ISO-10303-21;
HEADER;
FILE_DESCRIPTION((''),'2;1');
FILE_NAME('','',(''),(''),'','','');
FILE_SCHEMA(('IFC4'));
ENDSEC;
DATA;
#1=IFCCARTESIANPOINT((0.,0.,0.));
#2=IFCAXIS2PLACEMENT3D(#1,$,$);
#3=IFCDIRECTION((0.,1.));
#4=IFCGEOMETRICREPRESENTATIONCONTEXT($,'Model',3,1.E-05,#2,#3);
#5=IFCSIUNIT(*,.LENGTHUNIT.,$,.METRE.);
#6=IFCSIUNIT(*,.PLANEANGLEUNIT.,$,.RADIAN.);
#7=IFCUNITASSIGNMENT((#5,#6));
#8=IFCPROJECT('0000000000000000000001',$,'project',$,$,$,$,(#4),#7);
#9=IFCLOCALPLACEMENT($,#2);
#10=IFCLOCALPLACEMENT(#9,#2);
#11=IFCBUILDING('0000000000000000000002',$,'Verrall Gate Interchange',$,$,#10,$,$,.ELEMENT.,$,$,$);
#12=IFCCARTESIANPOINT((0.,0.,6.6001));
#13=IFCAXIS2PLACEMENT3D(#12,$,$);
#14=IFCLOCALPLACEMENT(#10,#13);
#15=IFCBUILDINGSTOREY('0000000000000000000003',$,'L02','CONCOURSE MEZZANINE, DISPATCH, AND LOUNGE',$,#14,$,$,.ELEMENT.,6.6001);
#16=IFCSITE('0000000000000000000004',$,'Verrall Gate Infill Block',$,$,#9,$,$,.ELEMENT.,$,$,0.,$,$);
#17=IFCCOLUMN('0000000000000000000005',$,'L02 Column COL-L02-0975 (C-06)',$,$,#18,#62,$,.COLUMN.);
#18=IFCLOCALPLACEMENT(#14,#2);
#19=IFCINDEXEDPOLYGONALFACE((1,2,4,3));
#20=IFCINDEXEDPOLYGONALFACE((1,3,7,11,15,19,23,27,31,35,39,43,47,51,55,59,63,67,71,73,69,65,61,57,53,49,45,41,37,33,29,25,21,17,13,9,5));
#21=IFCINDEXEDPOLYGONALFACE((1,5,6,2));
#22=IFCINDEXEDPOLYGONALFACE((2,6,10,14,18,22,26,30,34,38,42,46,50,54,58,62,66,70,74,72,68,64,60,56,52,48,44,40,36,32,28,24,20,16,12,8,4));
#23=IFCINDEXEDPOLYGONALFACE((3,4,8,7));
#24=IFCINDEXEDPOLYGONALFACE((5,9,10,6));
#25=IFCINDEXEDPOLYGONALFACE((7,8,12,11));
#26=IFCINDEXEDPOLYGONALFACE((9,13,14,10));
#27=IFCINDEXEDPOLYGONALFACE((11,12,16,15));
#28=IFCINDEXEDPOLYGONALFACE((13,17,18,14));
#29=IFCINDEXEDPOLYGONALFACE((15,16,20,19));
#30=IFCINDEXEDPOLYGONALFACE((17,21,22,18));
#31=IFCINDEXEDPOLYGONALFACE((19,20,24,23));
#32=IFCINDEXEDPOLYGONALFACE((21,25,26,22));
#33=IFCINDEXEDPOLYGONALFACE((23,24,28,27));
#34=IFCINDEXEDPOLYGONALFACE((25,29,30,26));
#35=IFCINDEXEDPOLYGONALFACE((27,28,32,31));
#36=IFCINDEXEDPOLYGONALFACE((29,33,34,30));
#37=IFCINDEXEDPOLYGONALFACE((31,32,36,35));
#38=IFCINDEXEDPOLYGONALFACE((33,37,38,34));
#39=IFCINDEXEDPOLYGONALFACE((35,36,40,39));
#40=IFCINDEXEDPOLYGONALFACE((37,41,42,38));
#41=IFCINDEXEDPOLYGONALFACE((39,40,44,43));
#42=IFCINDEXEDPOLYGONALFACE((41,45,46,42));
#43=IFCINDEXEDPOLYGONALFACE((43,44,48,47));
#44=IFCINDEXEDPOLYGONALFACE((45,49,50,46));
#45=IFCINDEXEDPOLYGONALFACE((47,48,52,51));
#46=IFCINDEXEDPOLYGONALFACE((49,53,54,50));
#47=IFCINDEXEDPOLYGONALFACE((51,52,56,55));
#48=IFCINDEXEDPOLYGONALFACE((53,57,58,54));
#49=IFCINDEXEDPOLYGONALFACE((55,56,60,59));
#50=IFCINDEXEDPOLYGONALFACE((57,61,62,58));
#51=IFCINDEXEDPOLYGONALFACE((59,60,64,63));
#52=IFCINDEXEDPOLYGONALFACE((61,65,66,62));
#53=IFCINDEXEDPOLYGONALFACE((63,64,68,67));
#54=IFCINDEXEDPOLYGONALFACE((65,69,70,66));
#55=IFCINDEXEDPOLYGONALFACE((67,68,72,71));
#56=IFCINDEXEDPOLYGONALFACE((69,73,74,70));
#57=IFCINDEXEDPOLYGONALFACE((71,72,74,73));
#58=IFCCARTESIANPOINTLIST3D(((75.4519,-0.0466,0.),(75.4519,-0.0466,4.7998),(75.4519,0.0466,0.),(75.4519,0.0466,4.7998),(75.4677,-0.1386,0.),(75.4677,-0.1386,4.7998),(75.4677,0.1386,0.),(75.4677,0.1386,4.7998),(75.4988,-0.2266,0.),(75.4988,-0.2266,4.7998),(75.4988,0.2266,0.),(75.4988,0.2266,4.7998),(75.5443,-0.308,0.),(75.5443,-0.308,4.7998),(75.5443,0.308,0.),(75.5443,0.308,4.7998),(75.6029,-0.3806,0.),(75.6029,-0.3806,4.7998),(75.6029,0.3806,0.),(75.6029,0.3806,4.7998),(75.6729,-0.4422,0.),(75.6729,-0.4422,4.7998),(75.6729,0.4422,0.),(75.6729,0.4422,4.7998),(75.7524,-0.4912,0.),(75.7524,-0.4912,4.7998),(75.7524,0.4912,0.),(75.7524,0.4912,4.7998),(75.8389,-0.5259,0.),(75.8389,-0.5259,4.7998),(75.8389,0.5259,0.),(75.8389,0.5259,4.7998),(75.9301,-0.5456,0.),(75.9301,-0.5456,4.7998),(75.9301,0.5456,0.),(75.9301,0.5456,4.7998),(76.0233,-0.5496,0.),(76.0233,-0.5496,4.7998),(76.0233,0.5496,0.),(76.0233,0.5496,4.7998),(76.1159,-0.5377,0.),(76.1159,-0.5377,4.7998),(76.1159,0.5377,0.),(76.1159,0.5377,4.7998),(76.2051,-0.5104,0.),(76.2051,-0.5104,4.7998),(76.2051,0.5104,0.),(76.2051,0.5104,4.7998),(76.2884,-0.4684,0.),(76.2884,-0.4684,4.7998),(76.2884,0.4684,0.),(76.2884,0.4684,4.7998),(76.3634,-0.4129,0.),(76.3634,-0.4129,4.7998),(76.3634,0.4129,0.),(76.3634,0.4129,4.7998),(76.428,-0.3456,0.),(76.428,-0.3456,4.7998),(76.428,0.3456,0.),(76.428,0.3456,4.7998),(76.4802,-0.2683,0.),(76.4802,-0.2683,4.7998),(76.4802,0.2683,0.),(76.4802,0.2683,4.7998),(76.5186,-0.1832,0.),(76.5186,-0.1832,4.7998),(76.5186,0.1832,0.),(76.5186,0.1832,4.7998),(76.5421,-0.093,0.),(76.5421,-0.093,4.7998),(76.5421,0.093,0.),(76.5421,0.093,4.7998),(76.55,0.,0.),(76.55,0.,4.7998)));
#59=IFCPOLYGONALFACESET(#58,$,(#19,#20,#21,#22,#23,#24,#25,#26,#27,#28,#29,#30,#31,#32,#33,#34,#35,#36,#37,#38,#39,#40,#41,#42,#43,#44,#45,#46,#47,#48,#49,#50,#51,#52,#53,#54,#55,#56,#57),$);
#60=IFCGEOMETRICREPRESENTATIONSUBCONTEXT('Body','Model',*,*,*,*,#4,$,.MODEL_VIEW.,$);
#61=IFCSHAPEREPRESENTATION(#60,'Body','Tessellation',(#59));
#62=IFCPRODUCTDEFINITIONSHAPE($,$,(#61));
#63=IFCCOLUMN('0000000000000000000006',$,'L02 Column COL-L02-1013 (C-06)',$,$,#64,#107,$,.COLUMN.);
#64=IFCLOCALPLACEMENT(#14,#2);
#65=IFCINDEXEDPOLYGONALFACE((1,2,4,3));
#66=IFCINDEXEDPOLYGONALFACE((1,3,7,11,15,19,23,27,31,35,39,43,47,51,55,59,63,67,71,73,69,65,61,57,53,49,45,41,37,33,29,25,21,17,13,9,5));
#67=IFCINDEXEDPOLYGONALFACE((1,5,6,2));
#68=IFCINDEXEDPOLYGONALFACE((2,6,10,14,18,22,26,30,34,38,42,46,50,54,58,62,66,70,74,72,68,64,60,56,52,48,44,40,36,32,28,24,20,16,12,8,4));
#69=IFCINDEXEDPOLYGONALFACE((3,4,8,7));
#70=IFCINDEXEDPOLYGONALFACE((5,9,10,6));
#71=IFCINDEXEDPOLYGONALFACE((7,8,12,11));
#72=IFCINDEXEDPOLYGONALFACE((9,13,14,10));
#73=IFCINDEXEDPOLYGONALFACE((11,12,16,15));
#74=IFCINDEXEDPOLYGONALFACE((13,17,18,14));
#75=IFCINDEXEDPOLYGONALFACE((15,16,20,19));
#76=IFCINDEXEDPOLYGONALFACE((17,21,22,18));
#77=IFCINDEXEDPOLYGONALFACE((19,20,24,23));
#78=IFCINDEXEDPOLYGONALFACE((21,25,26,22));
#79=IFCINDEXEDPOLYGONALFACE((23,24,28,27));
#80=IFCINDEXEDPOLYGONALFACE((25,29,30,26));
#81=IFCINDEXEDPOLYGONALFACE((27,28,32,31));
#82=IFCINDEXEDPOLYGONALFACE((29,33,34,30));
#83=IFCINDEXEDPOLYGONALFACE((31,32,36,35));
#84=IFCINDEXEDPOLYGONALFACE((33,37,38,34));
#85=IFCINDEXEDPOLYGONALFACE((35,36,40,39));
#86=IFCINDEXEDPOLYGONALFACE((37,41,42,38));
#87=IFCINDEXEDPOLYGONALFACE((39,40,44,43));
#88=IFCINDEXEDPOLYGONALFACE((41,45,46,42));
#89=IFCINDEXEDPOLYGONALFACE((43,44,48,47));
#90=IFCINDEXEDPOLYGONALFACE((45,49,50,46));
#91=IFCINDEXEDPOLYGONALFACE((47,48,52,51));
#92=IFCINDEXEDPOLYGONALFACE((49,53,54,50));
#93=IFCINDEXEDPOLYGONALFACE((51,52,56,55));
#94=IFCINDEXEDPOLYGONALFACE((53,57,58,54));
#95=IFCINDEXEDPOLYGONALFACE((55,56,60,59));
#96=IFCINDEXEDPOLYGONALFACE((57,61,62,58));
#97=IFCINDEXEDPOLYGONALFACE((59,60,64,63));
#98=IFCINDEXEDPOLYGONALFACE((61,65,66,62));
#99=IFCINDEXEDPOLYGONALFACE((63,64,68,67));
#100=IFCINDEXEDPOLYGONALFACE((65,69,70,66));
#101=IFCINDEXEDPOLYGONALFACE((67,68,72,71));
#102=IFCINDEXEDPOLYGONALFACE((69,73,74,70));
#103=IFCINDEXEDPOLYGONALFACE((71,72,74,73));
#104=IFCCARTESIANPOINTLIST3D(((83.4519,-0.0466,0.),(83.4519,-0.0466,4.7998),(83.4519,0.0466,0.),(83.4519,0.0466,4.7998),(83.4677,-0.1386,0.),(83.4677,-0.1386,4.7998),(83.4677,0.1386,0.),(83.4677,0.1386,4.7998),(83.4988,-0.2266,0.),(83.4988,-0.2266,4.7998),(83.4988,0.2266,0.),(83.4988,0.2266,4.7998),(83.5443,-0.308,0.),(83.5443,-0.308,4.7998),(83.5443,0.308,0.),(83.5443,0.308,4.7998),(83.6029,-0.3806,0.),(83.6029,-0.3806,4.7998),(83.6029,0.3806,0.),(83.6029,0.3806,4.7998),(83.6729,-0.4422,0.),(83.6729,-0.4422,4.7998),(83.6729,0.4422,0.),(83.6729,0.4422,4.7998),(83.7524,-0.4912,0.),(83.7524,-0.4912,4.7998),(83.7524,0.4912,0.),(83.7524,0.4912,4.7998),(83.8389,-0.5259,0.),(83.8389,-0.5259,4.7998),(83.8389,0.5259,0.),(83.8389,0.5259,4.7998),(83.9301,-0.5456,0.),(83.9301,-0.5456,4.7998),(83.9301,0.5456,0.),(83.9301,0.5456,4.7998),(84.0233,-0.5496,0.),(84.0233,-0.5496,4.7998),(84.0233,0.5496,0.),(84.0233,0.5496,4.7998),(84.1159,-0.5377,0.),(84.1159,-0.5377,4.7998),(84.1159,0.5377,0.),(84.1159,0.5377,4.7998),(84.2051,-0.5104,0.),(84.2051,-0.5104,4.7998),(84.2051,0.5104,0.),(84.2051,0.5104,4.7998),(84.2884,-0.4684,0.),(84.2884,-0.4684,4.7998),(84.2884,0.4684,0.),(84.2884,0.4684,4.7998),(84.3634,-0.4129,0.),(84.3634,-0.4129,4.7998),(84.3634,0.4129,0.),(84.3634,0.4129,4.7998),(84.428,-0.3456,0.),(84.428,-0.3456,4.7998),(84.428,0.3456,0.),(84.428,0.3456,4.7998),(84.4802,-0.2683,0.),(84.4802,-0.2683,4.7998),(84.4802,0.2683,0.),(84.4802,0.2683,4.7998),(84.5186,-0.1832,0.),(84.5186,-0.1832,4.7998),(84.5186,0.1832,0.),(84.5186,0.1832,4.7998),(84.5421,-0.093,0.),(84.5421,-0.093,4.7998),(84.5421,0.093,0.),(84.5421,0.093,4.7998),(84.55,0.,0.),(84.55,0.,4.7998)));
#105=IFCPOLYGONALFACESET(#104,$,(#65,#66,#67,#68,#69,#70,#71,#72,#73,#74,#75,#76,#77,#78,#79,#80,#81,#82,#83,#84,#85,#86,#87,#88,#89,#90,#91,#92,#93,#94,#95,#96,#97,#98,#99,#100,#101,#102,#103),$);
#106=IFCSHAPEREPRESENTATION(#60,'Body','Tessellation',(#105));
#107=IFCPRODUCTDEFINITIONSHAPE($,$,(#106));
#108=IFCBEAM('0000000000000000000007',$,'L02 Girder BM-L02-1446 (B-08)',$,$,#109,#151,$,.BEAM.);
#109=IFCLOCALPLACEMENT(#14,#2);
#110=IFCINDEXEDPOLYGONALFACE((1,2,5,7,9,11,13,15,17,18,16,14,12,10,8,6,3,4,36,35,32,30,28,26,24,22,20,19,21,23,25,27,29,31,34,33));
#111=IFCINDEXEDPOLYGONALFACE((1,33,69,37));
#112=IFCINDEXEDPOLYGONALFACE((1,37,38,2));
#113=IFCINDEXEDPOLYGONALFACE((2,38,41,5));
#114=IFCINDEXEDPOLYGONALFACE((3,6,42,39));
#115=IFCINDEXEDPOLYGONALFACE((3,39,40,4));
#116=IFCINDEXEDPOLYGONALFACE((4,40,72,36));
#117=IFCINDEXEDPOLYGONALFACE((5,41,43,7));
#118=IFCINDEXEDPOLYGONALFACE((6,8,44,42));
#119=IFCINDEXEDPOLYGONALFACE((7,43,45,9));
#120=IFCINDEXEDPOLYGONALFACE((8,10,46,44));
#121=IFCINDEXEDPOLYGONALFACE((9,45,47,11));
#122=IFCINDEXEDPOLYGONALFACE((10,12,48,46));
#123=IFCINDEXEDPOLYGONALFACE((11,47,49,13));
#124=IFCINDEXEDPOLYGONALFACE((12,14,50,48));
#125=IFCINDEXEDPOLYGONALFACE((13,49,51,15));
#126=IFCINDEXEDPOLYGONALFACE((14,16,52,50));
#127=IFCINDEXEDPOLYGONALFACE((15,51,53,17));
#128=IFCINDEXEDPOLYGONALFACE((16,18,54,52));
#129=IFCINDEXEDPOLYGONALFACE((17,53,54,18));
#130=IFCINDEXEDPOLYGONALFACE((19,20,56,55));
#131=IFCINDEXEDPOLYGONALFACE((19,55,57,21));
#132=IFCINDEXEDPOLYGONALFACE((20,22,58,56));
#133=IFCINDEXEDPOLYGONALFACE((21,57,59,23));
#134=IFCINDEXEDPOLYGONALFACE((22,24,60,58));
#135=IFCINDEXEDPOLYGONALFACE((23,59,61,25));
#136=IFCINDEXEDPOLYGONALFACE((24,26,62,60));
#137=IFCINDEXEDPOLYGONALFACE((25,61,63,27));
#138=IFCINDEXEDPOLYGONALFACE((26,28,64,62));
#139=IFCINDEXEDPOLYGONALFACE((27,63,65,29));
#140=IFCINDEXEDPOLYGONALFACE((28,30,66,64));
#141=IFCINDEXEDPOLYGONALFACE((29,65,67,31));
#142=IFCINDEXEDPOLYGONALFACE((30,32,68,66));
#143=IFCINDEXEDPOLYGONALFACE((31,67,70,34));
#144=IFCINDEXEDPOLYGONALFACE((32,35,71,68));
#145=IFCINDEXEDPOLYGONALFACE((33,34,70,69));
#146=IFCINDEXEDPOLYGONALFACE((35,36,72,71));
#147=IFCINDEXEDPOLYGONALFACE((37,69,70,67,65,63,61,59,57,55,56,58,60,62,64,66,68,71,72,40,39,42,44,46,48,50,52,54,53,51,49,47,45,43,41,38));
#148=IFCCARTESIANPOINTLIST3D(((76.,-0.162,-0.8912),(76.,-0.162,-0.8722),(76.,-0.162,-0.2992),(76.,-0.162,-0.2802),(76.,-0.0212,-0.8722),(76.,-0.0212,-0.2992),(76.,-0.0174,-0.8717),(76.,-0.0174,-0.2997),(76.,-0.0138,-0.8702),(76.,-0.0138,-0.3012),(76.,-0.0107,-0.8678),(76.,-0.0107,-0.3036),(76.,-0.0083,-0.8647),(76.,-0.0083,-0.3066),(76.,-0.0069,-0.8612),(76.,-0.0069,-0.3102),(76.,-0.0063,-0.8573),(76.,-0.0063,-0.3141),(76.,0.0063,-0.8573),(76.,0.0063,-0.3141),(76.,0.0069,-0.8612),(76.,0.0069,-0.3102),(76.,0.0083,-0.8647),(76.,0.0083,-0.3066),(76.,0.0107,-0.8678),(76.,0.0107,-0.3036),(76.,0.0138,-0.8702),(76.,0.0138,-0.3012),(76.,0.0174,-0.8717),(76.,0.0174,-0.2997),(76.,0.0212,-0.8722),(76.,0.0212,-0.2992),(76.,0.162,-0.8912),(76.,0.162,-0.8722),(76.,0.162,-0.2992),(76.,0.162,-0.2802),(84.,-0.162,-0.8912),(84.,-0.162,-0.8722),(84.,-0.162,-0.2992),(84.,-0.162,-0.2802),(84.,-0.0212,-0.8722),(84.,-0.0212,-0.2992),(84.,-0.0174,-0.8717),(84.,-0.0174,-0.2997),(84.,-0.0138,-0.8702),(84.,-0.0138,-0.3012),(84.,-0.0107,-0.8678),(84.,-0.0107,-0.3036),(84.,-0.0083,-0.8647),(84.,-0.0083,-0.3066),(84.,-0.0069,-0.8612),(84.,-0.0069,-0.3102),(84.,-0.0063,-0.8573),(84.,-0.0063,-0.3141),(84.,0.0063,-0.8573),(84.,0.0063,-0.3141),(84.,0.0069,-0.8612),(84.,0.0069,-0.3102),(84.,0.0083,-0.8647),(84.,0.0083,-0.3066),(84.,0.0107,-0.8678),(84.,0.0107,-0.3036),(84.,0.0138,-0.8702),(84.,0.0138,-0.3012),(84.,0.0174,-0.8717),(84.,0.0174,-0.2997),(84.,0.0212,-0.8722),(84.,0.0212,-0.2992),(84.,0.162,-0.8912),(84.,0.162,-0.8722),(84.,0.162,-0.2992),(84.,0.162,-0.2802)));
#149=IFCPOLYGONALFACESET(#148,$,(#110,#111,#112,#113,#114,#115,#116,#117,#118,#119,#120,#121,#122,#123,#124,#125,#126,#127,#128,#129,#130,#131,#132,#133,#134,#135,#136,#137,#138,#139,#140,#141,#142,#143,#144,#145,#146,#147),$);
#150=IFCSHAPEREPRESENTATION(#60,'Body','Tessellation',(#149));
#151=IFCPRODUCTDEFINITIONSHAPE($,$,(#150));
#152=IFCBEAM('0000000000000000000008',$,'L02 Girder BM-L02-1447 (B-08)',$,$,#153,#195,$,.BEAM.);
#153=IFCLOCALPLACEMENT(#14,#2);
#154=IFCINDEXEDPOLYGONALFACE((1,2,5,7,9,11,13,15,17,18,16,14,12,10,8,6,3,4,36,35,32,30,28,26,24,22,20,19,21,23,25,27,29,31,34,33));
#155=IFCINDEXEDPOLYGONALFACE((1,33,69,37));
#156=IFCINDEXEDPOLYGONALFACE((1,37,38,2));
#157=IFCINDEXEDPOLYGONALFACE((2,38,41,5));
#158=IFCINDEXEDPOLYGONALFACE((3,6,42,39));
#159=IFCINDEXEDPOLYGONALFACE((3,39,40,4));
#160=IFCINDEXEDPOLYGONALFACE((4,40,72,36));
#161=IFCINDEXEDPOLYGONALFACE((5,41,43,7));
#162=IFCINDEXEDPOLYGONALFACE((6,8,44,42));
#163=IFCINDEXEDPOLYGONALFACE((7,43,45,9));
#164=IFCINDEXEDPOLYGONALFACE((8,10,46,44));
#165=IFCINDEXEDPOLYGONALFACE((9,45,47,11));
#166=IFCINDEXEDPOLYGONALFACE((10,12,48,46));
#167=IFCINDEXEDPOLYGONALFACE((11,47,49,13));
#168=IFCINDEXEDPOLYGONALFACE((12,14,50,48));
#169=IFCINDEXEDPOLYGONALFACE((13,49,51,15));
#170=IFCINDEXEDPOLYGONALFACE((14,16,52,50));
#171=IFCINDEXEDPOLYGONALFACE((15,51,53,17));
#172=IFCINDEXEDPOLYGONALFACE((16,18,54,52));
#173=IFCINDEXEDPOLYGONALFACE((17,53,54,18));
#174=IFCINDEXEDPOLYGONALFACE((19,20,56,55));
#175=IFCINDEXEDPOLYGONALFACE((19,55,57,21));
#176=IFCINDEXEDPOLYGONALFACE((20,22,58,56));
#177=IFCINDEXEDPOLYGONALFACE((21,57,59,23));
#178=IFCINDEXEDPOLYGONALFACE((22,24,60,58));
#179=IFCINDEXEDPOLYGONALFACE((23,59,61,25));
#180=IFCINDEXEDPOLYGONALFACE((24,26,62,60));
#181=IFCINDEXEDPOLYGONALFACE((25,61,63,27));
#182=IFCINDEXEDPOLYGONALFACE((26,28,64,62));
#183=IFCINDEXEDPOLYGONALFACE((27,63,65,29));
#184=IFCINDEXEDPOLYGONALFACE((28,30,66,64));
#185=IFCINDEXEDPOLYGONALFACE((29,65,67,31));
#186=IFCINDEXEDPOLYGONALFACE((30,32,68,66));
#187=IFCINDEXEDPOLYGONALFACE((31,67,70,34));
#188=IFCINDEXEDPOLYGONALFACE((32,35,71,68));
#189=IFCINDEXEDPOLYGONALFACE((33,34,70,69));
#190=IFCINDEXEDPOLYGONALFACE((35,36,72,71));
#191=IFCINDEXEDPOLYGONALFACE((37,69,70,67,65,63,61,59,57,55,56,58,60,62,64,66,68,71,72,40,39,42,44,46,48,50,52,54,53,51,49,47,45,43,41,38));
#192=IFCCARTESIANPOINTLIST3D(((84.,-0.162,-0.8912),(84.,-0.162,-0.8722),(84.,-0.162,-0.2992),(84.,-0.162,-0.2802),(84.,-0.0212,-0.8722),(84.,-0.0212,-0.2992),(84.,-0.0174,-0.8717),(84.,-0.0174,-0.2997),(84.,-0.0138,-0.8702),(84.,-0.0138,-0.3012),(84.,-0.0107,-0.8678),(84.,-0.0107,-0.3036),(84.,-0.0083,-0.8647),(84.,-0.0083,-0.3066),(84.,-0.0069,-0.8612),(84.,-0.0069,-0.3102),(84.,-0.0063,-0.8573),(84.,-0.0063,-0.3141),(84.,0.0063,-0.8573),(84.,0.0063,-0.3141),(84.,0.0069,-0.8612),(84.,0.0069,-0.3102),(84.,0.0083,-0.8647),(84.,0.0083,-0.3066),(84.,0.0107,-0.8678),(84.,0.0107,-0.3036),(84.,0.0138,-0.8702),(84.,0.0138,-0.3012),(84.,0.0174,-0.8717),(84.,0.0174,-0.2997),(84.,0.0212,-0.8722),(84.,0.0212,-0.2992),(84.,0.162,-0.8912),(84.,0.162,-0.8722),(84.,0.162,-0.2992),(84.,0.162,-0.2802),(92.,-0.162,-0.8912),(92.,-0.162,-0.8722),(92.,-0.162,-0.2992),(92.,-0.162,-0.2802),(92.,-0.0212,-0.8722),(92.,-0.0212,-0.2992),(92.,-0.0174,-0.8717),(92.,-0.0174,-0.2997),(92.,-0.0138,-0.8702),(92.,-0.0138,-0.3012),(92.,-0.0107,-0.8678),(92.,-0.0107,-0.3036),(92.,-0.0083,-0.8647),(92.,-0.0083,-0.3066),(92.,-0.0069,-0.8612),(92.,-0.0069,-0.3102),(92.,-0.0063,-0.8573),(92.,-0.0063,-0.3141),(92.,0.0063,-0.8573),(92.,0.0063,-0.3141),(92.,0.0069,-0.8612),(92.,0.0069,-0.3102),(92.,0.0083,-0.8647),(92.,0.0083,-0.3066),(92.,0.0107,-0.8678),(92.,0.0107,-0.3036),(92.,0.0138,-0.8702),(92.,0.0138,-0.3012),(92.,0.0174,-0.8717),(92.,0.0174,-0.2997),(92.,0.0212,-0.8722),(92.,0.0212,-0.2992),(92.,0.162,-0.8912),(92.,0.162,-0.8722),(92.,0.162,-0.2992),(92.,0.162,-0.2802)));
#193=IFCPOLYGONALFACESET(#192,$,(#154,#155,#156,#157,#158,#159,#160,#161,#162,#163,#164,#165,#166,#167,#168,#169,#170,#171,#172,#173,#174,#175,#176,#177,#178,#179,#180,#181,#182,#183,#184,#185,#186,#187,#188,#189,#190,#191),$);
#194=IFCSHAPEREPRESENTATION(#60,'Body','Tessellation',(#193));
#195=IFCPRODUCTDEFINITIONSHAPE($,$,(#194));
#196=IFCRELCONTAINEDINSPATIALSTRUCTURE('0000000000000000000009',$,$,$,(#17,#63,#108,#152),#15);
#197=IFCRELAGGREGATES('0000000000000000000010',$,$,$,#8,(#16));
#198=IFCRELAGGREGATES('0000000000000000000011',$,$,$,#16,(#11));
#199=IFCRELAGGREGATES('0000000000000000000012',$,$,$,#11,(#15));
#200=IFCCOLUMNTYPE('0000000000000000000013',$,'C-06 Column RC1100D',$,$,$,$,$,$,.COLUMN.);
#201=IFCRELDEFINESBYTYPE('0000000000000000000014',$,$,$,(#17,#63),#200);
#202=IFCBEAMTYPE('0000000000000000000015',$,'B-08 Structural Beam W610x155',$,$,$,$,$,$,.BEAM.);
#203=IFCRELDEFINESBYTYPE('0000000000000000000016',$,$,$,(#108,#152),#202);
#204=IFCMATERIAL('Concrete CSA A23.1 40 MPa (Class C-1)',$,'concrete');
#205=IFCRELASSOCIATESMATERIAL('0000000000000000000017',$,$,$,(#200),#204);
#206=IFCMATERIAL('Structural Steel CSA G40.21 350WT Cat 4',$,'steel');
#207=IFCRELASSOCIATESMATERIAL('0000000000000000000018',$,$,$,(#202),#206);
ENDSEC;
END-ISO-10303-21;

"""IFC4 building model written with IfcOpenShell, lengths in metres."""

from ifc_helpers import new_model, si_unit, direction, frame, origin, origin_2d, place, context, subcontext, project, spatial, circle, i_section, extrude, material, material_profile, profile_set, type_object, element, save


model = new_model("IFC4")

# Units and contexts
model_context = context("Model", 3, precision=1e-05, world=origin(), true_north=direction((0.0, 1.0)))
body_context = subcontext(model_context, "Body", "Model", "MODEL_VIEW")
ifc_project = project(units=[si_unit("LENGTHUNIT", "METRE"), si_unit("PLANEANGLEUNIT", "RADIAN")], contexts=[model_context])

# Site, building, storey
site_placement = place(None, origin())
site = spatial("IfcSite", under=ifc_project, at=site_placement, Name="Verrall Gate Infill Block", CompositionType="ELEMENT", RefElevation=0.0)
building_placement = place(site_placement, origin())
building = spatial("IfcBuilding", under=site, at=building_placement, Name="Verrall Gate Interchange", CompositionType="ELEMENT")
storey_placement = place(building_placement, frame((0.0, 0.0, 6.6001)))
storey = spatial("IfcBuildingStorey", under=building, at=storey_placement, Name="L02", Description="CONCOURSE MEZZANINE, DISPATCH, AND LOUNGE", CompositionType="ELEMENT", Elevation=6.6001)

# Columns
ifc_material_1 = material(Name="Concrete CSA A23.1 40 MPa (Class C-1)", Category="concrete")
ifc_material_profile_1 = material_profile(ifc_material_1, circle(Radius=0.55, at=origin_2d()), Name="RC1100D")
ifc_profile_set_1 = profile_set([ifc_material_profile_1], Name="Concrete CSA A23.1 40 MPa (Class C-1)")
column_type = type_object("IfcColumnType", Name="C-06 Column RC1100D", PredefinedType="COLUMN", material=ifc_profile_set_1)
for number, where, z_axis, x_axis, name in (
    (1, (76.0, 0.0, 0.0), (0.0, 0.0, 1.0), (1.0, 0.0, 0.0), "L02 Column COL-L02-0975 (C-06)"),
    (2, (84.0, 0.0, 0.0), (0.0, 0.0, 1.0), (1.0, 0.0, 0.0), "L02 Column COL-L02-1013 (C-06)"),
):
    element("IfcColumn", number, at=place(storey_placement, frame(where, z_axis=z_axis, x_axis=x_axis)), inside=storey, type_object=column_type, Name=name, PredefinedType="COLUMN", context=body_context, shape_type="SweptSolid", body=[
        extrude(circle(Radius=0.55, at=origin_2d()), origin(), (0.0, 0.0, 1.0), 4.7998),
    ])

# Beams
ifc_material_2 = material(Name="Structural Steel CSA G40.21 350WT Cat 4", Category="steel")
ifc_material_profile_2 = material_profile(ifc_material_2, i_section(OverallWidth=0.324, OverallDepth=0.6111, WebThickness=0.0127, FlangeThickness=0.019, FilletRadius=0.0149, at=origin_2d()), Name="W610x155")
ifc_profile_set_2 = profile_set([ifc_material_profile_2], Name="Structural Steel CSA G40.21 350WT Cat 4")
beam_type_1 = type_object("IfcBeamType", Name="B-08 Structural Beam W610x155", PredefinedType="BEAM", material=ifc_profile_set_2)
for number, where, z_axis, x_axis, name in (
    (3, (76.0, 0.0, -0.5857), (1.0, 0.0, 0.0), (0.0, 1.0, 0.0), "L02 Girder BM-L02-1446 (B-08)"),
    (4, (84.0, 0.0, -0.5857), (1.0, 0.0, 0.0), (0.0, 1.0, 0.0), "L02 Girder BM-L02-1447 (B-08)"),
):
    element("IfcBeam", number, at=place(storey_placement, frame(where, z_axis=z_axis, x_axis=x_axis)), inside=storey, type_object=beam_type_1, Name=name, PredefinedType="BEAM", context=body_context, shape_type="SweptSolid", body=[
        extrude(i_section(OverallWidth=0.324, OverallDepth=0.6111, WebThickness=0.0127, FlangeThickness=0.019, FilletRadius=0.0149, at=origin_2d()), origin(), (0.0, 0.0, 1.0), 8.0),
    ])

save(model, "model.ifc")
